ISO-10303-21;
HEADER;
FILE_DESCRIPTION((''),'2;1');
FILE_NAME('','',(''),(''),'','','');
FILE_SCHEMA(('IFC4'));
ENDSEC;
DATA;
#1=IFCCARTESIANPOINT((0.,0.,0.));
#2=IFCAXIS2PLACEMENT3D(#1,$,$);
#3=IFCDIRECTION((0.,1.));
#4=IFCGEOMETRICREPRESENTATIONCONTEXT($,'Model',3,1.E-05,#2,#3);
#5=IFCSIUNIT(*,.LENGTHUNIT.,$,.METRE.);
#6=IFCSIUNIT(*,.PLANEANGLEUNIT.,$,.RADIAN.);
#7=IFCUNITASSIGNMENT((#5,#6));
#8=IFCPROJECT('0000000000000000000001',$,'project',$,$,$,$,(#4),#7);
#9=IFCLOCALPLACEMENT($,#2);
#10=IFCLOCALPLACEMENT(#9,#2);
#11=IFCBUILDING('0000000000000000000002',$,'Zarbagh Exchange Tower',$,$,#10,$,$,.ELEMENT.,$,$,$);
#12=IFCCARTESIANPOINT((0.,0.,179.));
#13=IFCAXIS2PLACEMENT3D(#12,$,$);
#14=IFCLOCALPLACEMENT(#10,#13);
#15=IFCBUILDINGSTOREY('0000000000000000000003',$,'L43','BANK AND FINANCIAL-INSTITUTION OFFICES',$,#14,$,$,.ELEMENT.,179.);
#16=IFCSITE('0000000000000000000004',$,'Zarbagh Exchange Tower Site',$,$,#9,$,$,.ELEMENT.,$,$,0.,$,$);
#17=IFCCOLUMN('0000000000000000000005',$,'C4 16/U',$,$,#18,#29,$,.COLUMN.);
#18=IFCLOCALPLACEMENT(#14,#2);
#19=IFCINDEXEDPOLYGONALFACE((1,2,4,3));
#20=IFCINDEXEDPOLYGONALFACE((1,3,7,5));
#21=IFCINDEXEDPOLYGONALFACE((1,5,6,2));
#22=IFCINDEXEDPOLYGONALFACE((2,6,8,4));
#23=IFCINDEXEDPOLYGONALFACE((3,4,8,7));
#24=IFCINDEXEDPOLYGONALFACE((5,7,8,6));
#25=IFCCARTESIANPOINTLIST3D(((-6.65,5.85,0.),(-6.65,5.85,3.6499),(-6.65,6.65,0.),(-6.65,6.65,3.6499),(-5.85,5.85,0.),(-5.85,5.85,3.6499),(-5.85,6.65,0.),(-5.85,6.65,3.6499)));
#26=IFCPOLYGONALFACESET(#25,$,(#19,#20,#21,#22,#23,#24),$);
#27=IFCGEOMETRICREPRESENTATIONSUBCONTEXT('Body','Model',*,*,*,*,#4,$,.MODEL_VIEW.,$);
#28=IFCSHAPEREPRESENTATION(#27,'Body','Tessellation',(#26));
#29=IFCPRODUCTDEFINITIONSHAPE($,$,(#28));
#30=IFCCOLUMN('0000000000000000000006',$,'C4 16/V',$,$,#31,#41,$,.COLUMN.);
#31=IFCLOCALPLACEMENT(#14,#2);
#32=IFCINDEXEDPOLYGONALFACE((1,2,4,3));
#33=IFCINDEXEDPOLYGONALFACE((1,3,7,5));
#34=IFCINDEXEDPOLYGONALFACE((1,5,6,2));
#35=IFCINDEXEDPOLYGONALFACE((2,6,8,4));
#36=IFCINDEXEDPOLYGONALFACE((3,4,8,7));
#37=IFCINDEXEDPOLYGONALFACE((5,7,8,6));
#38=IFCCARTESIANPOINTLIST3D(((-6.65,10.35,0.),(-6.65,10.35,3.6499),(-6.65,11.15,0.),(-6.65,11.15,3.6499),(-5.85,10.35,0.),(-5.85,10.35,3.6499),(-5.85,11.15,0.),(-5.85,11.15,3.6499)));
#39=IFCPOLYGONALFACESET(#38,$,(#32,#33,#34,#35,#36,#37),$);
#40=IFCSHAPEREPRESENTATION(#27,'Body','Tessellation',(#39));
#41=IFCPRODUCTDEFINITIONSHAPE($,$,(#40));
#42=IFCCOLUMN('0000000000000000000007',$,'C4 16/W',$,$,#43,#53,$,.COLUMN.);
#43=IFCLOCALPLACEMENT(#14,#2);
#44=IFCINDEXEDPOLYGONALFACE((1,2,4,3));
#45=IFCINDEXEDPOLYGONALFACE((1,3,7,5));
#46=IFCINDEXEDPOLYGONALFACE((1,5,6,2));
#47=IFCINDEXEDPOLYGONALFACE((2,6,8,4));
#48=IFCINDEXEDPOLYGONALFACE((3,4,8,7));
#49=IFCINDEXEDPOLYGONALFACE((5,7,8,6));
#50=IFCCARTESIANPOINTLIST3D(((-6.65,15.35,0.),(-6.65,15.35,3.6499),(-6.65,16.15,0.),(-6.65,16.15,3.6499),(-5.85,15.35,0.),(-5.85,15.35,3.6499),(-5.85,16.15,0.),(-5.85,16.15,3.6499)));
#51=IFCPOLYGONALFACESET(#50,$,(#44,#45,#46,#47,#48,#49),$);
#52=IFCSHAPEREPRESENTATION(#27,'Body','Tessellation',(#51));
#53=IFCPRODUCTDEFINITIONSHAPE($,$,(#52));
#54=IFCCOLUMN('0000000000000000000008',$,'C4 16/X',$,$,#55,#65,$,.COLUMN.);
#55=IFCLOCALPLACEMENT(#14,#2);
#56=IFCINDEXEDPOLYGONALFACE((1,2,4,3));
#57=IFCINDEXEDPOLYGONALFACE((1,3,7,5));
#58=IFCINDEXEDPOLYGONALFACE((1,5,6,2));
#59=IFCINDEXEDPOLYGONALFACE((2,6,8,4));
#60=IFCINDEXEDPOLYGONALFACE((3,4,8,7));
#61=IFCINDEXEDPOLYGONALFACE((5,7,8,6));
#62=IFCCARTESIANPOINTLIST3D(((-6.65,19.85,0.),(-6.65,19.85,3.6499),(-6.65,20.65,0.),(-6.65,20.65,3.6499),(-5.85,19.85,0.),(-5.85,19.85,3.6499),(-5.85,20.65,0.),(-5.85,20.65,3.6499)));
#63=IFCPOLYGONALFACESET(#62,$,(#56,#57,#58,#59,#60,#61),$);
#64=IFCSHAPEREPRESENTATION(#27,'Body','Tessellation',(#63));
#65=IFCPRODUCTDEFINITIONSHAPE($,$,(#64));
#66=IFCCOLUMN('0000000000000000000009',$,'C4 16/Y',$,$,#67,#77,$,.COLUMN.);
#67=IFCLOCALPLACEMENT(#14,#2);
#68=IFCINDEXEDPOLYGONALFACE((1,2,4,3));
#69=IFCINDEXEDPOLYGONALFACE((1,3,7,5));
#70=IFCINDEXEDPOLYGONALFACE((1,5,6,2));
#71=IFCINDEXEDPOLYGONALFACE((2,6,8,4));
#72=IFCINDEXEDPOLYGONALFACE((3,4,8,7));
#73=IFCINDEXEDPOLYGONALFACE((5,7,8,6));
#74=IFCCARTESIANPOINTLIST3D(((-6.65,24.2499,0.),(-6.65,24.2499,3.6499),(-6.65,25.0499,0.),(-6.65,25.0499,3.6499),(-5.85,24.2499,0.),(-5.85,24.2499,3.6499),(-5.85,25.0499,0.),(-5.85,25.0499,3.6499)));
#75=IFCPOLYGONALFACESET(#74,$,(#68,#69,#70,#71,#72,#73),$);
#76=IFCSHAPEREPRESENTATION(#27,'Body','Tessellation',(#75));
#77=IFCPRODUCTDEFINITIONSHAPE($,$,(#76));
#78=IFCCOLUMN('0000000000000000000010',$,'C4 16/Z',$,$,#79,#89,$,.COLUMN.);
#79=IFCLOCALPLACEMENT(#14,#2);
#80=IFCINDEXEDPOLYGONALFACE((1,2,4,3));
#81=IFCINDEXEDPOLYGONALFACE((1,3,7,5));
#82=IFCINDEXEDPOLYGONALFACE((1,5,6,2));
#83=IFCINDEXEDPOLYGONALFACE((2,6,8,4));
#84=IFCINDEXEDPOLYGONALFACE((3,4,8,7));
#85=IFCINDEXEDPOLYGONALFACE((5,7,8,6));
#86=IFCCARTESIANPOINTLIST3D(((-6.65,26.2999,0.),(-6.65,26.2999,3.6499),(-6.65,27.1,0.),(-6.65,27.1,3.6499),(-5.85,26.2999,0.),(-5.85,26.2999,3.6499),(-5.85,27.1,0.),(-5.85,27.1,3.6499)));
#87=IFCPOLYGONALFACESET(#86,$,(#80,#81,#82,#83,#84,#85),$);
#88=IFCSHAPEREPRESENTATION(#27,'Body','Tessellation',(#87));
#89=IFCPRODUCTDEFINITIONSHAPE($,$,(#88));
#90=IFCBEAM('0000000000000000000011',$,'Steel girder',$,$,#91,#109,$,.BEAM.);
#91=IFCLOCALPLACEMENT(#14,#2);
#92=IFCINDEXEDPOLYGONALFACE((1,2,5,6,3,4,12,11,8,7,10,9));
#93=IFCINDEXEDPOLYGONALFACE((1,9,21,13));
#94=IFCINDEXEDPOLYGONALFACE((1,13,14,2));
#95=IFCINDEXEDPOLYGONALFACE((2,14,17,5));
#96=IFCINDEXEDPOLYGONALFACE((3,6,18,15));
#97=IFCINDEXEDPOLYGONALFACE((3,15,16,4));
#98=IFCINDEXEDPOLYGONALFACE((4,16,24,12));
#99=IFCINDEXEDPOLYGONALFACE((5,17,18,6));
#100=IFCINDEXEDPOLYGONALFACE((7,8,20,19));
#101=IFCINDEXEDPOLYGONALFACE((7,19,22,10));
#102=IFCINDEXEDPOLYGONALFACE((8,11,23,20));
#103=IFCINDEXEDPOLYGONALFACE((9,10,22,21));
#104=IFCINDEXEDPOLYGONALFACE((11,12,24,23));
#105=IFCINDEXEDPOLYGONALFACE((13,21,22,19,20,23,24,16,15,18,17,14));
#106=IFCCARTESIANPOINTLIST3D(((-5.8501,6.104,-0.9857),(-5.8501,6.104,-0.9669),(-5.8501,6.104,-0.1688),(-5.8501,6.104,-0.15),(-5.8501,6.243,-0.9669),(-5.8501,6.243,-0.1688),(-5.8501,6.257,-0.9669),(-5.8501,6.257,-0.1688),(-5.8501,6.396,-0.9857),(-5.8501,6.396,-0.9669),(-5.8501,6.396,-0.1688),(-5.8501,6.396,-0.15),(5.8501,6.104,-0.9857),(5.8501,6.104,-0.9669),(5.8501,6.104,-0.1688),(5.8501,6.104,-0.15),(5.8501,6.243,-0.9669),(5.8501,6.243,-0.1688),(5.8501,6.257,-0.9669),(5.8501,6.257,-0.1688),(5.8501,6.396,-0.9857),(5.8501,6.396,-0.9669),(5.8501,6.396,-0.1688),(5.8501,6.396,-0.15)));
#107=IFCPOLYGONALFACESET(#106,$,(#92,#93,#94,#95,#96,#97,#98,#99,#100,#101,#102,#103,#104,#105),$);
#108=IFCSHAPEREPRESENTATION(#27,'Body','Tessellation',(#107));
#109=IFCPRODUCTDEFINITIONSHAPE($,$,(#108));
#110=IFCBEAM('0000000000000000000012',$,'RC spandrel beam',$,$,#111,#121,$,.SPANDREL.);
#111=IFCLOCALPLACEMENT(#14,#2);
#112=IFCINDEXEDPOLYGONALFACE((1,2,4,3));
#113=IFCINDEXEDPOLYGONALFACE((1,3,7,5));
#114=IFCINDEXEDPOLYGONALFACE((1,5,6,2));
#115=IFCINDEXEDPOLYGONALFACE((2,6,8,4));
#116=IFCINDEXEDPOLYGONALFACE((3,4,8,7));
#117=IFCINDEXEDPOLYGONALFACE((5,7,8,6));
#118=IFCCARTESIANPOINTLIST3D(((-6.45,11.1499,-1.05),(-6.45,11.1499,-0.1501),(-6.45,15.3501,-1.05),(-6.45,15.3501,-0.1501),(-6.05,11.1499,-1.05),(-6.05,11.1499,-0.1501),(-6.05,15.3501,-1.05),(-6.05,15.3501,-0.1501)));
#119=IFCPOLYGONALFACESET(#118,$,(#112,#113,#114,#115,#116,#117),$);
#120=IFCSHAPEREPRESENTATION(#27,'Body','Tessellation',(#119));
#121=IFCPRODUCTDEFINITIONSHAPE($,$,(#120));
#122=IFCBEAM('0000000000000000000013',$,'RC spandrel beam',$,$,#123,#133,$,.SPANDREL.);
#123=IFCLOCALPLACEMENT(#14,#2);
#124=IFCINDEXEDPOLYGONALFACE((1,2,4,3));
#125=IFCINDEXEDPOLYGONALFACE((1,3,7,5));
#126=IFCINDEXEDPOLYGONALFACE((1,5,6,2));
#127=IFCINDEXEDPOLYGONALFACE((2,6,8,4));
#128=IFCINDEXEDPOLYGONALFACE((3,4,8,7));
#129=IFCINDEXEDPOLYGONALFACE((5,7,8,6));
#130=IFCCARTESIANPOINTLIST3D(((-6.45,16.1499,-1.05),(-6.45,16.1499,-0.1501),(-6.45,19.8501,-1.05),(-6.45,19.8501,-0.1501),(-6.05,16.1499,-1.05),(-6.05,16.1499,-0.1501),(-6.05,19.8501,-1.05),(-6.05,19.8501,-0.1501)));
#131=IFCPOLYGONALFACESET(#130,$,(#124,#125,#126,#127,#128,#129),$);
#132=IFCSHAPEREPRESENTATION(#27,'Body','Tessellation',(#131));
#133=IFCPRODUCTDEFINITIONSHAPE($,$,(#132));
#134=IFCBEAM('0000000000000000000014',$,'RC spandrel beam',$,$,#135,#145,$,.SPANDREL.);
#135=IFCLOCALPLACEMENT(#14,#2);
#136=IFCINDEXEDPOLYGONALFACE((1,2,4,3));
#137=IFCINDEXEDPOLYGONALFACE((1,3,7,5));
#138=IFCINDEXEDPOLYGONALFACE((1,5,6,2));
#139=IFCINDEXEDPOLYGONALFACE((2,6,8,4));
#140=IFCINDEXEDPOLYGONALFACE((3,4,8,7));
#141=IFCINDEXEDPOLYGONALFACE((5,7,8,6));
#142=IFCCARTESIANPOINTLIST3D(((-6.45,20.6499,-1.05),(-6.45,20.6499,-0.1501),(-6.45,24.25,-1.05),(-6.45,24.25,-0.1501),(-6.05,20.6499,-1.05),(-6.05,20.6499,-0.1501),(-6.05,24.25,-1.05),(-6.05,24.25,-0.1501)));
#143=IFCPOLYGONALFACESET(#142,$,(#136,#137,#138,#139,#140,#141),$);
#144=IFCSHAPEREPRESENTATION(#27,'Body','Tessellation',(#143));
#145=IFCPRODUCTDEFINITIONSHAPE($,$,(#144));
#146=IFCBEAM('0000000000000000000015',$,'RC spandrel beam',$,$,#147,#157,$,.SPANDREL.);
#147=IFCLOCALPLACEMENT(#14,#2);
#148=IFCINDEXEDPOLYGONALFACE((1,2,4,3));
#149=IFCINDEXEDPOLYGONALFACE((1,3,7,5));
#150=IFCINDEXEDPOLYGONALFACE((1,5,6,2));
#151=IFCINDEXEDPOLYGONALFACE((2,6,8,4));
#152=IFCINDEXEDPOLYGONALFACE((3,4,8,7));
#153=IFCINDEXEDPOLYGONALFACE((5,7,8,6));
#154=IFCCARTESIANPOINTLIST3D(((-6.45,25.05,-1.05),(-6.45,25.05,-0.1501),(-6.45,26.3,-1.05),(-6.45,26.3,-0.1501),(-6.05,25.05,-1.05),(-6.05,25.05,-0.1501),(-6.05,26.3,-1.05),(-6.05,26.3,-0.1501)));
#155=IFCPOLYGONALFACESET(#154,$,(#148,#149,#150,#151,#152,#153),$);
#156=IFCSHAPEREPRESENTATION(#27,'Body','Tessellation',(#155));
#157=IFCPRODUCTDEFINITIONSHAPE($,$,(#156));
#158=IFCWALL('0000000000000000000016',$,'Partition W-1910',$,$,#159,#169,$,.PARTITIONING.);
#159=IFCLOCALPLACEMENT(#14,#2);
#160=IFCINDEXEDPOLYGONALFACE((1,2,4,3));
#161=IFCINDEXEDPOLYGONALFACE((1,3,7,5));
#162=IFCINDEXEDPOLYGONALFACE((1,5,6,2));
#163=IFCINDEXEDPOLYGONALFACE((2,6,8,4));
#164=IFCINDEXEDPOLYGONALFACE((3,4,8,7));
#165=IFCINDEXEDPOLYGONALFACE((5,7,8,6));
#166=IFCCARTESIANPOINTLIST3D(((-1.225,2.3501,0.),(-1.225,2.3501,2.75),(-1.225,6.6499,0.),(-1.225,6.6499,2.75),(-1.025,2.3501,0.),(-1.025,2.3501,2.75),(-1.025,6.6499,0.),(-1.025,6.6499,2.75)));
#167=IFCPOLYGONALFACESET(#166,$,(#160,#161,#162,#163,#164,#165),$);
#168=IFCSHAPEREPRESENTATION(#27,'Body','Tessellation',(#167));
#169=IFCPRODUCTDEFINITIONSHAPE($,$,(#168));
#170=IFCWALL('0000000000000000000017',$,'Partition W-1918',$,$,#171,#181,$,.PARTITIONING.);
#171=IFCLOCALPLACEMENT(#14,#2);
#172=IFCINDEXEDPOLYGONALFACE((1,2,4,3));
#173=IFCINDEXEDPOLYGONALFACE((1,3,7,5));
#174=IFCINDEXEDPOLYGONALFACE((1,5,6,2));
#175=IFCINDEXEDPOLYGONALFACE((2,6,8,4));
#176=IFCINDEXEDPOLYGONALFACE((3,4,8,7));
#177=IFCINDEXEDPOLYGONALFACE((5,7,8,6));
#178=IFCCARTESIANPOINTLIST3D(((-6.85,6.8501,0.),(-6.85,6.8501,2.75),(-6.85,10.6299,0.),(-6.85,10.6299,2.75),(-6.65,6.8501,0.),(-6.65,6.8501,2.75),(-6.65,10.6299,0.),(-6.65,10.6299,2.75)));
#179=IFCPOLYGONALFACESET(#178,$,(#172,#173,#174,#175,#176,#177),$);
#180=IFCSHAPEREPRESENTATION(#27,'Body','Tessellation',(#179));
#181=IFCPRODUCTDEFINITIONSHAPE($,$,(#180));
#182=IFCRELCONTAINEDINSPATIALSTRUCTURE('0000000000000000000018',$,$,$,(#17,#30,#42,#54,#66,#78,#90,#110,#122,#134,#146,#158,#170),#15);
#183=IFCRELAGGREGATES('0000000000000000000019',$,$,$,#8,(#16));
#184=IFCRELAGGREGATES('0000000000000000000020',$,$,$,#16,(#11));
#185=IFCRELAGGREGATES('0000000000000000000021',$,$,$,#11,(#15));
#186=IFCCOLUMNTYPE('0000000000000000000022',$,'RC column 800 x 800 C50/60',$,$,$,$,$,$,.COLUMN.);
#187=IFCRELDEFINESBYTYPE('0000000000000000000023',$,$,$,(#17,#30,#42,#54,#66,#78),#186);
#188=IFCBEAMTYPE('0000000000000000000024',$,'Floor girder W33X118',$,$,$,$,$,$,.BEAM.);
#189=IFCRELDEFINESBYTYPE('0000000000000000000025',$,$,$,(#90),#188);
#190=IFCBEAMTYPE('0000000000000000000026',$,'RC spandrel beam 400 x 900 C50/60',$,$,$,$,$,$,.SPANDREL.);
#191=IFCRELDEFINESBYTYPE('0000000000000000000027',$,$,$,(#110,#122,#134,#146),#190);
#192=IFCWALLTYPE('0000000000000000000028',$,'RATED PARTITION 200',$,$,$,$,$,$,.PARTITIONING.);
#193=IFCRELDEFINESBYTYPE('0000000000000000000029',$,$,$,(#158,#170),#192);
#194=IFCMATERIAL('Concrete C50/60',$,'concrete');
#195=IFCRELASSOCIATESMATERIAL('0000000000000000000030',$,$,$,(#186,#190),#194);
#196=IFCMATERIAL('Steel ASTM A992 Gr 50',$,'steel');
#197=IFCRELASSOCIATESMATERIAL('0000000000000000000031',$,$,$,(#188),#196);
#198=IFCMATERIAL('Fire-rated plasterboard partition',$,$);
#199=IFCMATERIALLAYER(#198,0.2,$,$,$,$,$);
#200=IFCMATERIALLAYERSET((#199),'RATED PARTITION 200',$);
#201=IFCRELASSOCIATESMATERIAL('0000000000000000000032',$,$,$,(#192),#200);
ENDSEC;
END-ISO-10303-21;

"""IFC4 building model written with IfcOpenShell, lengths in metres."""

from ifc_helpers import new_model, si_unit, direction, frame, frame_2d, origin, origin_2d, place, context, subcontext, project, spatial, rectangle, i_section, extrude, material, layer, layer_set, material_profile, profile_set, type_object, element, save


model = new_model("IFC4")

# Units and contexts
model_context = context("Model", 3, precision=1e-05, world=origin(), true_north=direction((0.0, 1.0)))
body_context = subcontext(model_context, "Body", "Model", "MODEL_VIEW")
ifc_project = project(units=[si_unit("LENGTHUNIT", "METRE"), si_unit("PLANEANGLEUNIT", "RADIAN")], contexts=[model_context])

# Site, building, storey
site_placement = place(None, origin())
site = spatial("IfcSite", under=ifc_project, at=site_placement, Name="Zarbagh Exchange Tower Site", CompositionType="ELEMENT", RefElevation=0.0)
building_placement = place(site_placement, origin())
building = spatial("IfcBuilding", under=site, at=building_placement, Name="Zarbagh Exchange Tower", CompositionType="ELEMENT")
storey_placement = place(building_placement, frame((0.0, 0.0, 179.0)))
storey = spatial("IfcBuildingStorey", under=building, at=storey_placement, Name="L43", Description="BANK AND FINANCIAL-INSTITUTION OFFICES", CompositionType="ELEMENT", Elevation=179.0)

# Columns
ifc_material_1 = material(Name="Concrete C50/60", Category="concrete")
ifc_material_profile_1 = material_profile(ifc_material_1, rectangle(XDim=0.8, YDim=0.8, at=origin_2d()), Name="RC column 800 x 800 C50/60")
ifc_profile_set_1 = profile_set([ifc_material_profile_1], Name="Concrete C50/60")
column_type = type_object("IfcColumnType", Name="RC column 800 x 800 C50/60", PredefinedType="COLUMN", material=ifc_profile_set_1)
for number, where, z_axis, x_axis, name in (
    (1, (-6.25, 6.25, 0.0), (0.0, 0.0, 1.0), (1.0, 0.0, 0.0), "C4 16/U"),
    (2, (-6.25, 10.75, 0.0), (0.0, 0.0, 1.0), (1.0, 0.0, 0.0), "C4 16/V"),
    (3, (-6.25, 15.75, 0.0), (0.0, 0.0, 1.0), (1.0, 0.0, 0.0), "C4 16/W"),
    (4, (-6.25, 20.25, 0.0), (0.0, 0.0, 1.0), (1.0, 0.0, 0.0), "C4 16/X"),
    (5, (-6.25, 24.6499, 0.0), (0.0, 0.0, 1.0), (1.0, 0.0, 0.0), "C4 16/Y"),
    (6, (-6.25, 26.7, 0.0), (0.0, 0.0, 1.0), (1.0, 0.0, 0.0), "C4 16/Z"),
):
    element("IfcColumn", number, at=place(storey_placement, frame(where, z_axis=z_axis, x_axis=x_axis)), inside=storey, type_object=column_type, Name=name, PredefinedType="COLUMN", context=body_context, shape_type="SweptSolid", body=[
        extrude(rectangle(XDim=0.8, YDim=0.8, at=origin_2d()), origin(), (0.0, 0.0, 1.0), 3.6499),
    ])

# Beams
ifc_material_2 = material(Name="Steel ASTM A992 Gr 50", Category="steel")
ifc_material_profile_2 = material_profile(ifc_material_2, i_section(OverallWidth=0.292, OverallDepth=0.8357, WebThickness=0.0139, FlangeThickness=0.0188, at=origin_2d()), Name="W33X118")
ifc_profile_set_2 = profile_set([ifc_material_profile_2], Name="Steel ASTM A992 Gr 50")
beam_type_1 = type_object("IfcBeamType", Name="Floor girder W33X118", PredefinedType="BEAM", material=ifc_profile_set_2)
beam_1_placement = place(storey_placement, frame((-5.8501, 6.25, -0.5679), z_axis=(1.0, 0.0, 0.0), x_axis=(0.0, 1.0, 0.0)))
element("IfcBeam", 7, at=beam_1_placement, inside=storey, type_object=beam_type_1, Name="Steel girder", PredefinedType="BEAM", context=body_context, shape_type="SweptSolid", body=[
    extrude(i_section(OverallWidth=0.292, OverallDepth=0.8357, WebThickness=0.0139, FlangeThickness=0.0188, at=origin_2d()), origin(), (0.0, 0.0, 1.0), 11.7002),
])
ifc_material_profile_3 = material_profile(ifc_material_1, rectangle(XDim=0.3999, YDim=0.8999, at=origin_2d()), Name="RC spandrel beam 400 x 900 C50/60")
ifc_profile_set_3 = profile_set([ifc_material_profile_3], Name="Concrete C50/60")
beam_type_2 = type_object("IfcBeamType", Name="RC spandrel beam 400 x 900 C50/60", PredefinedType="SPANDREL", material=ifc_profile_set_3)
beam_2_placement = place(storey_placement, frame((-6.25, 11.1499, -0.6001), z_axis=(0.0, 1.0, 0.0), x_axis=(-1.0, 0.0, 0.0)))
element("IfcBeam", 8, at=beam_2_placement, inside=storey, type_object=beam_type_2, Name="RC spandrel beam", PredefinedType="SPANDREL", context=body_context, shape_type="SweptSolid", body=[
    extrude(rectangle(XDim=0.3999, YDim=0.8999, at=origin_2d()), origin(), (0.0, 0.0, 1.0), 4.2002),
])
beam_3_placement = place(storey_placement, frame((-6.25, 16.1499, -0.6001), z_axis=(0.0, 1.0, 0.0), x_axis=(-1.0, 0.0, 0.0)))
element("IfcBeam", 9, at=beam_3_placement, inside=storey, type_object=beam_type_2, Name="RC spandrel beam", PredefinedType="SPANDREL", context=body_context, shape_type="SweptSolid", body=[
    extrude(rectangle(XDim=0.3999, YDim=0.8999, at=origin_2d()), origin(), (0.0, 0.0, 1.0), 3.7002),
])
beam_4_placement = place(storey_placement, frame((-6.25, 20.6499, -0.6001), z_axis=(0.0, 1.0, 0.0), x_axis=(-1.0, 0.0, 0.0)))
element("IfcBeam", 10, at=beam_4_placement, inside=storey, type_object=beam_type_2, Name="RC spandrel beam", PredefinedType="SPANDREL", context=body_context, shape_type="SweptSolid", body=[
    extrude(rectangle(XDim=0.3999, YDim=0.8999, at=origin_2d()), origin(), (0.0, 0.0, 1.0), 3.6001),
])
beam_5_placement = place(storey_placement, frame((-6.25, 25.05, -0.6001), z_axis=(0.0, 1.0, 0.0), x_axis=(-1.0, 0.0, 0.0)))
element("IfcBeam", 11, at=beam_5_placement, inside=storey, type_object=beam_type_2, Name="RC spandrel beam", PredefinedType="SPANDREL", context=body_context, shape_type="SweptSolid", body=[
    extrude(rectangle(XDim=0.3999, YDim=0.8999, at=origin_2d()), origin(), (0.0, 0.0, 1.0), 1.25),
])

# Walls
ifc_material_3 = material(Name="Fire-rated plasterboard partition")
ifc_layer_1 = layer(ifc_material_3, 0.2)
ifc_layer_set_1 = layer_set([ifc_layer_1], Name="RATED PARTITION 200")
wall_type_1 = type_object("IfcWallType", Name="RATED PARTITION 200", PredefinedType="PARTITIONING", material=ifc_layer_set_1)
wall_1_placement = place(storey_placement, frame((-1.125, 2.3501, 0.0), z_axis=(0.0, 0.0, 1.0), x_axis=(0.0, 1.0, 0.0)))
element("IfcWall", 12, at=wall_1_placement, inside=storey, type_object=wall_type_1, Name="Partition W-1910", PredefinedType="PARTITIONING", context=body_context, shape_type="SweptSolid", body=[
    extrude(rectangle(XDim=4.2998, YDim=0.2, at=frame_2d((2.1499, 0.0))), origin(), (0.0, 0.0, 1.0), 2.75),
])
wall_2_placement = place(storey_placement, frame((-6.75, 6.8501, 0.0), z_axis=(0.0, 0.0, 1.0), x_axis=(0.0, 1.0, 0.0)))
element("IfcWall", 13, at=wall_2_placement, inside=storey, type_object=wall_type_1, Name="Partition W-1918", PredefinedType="PARTITIONING", context=body_context, shape_type="SweptSolid", body=[
    extrude(rectangle(XDim=3.7798, YDim=0.2, at=frame_2d((1.8899, 0.0))), origin(), (0.0, 0.0, 1.0), 2.75),
])

save(model, "model.ifc")
